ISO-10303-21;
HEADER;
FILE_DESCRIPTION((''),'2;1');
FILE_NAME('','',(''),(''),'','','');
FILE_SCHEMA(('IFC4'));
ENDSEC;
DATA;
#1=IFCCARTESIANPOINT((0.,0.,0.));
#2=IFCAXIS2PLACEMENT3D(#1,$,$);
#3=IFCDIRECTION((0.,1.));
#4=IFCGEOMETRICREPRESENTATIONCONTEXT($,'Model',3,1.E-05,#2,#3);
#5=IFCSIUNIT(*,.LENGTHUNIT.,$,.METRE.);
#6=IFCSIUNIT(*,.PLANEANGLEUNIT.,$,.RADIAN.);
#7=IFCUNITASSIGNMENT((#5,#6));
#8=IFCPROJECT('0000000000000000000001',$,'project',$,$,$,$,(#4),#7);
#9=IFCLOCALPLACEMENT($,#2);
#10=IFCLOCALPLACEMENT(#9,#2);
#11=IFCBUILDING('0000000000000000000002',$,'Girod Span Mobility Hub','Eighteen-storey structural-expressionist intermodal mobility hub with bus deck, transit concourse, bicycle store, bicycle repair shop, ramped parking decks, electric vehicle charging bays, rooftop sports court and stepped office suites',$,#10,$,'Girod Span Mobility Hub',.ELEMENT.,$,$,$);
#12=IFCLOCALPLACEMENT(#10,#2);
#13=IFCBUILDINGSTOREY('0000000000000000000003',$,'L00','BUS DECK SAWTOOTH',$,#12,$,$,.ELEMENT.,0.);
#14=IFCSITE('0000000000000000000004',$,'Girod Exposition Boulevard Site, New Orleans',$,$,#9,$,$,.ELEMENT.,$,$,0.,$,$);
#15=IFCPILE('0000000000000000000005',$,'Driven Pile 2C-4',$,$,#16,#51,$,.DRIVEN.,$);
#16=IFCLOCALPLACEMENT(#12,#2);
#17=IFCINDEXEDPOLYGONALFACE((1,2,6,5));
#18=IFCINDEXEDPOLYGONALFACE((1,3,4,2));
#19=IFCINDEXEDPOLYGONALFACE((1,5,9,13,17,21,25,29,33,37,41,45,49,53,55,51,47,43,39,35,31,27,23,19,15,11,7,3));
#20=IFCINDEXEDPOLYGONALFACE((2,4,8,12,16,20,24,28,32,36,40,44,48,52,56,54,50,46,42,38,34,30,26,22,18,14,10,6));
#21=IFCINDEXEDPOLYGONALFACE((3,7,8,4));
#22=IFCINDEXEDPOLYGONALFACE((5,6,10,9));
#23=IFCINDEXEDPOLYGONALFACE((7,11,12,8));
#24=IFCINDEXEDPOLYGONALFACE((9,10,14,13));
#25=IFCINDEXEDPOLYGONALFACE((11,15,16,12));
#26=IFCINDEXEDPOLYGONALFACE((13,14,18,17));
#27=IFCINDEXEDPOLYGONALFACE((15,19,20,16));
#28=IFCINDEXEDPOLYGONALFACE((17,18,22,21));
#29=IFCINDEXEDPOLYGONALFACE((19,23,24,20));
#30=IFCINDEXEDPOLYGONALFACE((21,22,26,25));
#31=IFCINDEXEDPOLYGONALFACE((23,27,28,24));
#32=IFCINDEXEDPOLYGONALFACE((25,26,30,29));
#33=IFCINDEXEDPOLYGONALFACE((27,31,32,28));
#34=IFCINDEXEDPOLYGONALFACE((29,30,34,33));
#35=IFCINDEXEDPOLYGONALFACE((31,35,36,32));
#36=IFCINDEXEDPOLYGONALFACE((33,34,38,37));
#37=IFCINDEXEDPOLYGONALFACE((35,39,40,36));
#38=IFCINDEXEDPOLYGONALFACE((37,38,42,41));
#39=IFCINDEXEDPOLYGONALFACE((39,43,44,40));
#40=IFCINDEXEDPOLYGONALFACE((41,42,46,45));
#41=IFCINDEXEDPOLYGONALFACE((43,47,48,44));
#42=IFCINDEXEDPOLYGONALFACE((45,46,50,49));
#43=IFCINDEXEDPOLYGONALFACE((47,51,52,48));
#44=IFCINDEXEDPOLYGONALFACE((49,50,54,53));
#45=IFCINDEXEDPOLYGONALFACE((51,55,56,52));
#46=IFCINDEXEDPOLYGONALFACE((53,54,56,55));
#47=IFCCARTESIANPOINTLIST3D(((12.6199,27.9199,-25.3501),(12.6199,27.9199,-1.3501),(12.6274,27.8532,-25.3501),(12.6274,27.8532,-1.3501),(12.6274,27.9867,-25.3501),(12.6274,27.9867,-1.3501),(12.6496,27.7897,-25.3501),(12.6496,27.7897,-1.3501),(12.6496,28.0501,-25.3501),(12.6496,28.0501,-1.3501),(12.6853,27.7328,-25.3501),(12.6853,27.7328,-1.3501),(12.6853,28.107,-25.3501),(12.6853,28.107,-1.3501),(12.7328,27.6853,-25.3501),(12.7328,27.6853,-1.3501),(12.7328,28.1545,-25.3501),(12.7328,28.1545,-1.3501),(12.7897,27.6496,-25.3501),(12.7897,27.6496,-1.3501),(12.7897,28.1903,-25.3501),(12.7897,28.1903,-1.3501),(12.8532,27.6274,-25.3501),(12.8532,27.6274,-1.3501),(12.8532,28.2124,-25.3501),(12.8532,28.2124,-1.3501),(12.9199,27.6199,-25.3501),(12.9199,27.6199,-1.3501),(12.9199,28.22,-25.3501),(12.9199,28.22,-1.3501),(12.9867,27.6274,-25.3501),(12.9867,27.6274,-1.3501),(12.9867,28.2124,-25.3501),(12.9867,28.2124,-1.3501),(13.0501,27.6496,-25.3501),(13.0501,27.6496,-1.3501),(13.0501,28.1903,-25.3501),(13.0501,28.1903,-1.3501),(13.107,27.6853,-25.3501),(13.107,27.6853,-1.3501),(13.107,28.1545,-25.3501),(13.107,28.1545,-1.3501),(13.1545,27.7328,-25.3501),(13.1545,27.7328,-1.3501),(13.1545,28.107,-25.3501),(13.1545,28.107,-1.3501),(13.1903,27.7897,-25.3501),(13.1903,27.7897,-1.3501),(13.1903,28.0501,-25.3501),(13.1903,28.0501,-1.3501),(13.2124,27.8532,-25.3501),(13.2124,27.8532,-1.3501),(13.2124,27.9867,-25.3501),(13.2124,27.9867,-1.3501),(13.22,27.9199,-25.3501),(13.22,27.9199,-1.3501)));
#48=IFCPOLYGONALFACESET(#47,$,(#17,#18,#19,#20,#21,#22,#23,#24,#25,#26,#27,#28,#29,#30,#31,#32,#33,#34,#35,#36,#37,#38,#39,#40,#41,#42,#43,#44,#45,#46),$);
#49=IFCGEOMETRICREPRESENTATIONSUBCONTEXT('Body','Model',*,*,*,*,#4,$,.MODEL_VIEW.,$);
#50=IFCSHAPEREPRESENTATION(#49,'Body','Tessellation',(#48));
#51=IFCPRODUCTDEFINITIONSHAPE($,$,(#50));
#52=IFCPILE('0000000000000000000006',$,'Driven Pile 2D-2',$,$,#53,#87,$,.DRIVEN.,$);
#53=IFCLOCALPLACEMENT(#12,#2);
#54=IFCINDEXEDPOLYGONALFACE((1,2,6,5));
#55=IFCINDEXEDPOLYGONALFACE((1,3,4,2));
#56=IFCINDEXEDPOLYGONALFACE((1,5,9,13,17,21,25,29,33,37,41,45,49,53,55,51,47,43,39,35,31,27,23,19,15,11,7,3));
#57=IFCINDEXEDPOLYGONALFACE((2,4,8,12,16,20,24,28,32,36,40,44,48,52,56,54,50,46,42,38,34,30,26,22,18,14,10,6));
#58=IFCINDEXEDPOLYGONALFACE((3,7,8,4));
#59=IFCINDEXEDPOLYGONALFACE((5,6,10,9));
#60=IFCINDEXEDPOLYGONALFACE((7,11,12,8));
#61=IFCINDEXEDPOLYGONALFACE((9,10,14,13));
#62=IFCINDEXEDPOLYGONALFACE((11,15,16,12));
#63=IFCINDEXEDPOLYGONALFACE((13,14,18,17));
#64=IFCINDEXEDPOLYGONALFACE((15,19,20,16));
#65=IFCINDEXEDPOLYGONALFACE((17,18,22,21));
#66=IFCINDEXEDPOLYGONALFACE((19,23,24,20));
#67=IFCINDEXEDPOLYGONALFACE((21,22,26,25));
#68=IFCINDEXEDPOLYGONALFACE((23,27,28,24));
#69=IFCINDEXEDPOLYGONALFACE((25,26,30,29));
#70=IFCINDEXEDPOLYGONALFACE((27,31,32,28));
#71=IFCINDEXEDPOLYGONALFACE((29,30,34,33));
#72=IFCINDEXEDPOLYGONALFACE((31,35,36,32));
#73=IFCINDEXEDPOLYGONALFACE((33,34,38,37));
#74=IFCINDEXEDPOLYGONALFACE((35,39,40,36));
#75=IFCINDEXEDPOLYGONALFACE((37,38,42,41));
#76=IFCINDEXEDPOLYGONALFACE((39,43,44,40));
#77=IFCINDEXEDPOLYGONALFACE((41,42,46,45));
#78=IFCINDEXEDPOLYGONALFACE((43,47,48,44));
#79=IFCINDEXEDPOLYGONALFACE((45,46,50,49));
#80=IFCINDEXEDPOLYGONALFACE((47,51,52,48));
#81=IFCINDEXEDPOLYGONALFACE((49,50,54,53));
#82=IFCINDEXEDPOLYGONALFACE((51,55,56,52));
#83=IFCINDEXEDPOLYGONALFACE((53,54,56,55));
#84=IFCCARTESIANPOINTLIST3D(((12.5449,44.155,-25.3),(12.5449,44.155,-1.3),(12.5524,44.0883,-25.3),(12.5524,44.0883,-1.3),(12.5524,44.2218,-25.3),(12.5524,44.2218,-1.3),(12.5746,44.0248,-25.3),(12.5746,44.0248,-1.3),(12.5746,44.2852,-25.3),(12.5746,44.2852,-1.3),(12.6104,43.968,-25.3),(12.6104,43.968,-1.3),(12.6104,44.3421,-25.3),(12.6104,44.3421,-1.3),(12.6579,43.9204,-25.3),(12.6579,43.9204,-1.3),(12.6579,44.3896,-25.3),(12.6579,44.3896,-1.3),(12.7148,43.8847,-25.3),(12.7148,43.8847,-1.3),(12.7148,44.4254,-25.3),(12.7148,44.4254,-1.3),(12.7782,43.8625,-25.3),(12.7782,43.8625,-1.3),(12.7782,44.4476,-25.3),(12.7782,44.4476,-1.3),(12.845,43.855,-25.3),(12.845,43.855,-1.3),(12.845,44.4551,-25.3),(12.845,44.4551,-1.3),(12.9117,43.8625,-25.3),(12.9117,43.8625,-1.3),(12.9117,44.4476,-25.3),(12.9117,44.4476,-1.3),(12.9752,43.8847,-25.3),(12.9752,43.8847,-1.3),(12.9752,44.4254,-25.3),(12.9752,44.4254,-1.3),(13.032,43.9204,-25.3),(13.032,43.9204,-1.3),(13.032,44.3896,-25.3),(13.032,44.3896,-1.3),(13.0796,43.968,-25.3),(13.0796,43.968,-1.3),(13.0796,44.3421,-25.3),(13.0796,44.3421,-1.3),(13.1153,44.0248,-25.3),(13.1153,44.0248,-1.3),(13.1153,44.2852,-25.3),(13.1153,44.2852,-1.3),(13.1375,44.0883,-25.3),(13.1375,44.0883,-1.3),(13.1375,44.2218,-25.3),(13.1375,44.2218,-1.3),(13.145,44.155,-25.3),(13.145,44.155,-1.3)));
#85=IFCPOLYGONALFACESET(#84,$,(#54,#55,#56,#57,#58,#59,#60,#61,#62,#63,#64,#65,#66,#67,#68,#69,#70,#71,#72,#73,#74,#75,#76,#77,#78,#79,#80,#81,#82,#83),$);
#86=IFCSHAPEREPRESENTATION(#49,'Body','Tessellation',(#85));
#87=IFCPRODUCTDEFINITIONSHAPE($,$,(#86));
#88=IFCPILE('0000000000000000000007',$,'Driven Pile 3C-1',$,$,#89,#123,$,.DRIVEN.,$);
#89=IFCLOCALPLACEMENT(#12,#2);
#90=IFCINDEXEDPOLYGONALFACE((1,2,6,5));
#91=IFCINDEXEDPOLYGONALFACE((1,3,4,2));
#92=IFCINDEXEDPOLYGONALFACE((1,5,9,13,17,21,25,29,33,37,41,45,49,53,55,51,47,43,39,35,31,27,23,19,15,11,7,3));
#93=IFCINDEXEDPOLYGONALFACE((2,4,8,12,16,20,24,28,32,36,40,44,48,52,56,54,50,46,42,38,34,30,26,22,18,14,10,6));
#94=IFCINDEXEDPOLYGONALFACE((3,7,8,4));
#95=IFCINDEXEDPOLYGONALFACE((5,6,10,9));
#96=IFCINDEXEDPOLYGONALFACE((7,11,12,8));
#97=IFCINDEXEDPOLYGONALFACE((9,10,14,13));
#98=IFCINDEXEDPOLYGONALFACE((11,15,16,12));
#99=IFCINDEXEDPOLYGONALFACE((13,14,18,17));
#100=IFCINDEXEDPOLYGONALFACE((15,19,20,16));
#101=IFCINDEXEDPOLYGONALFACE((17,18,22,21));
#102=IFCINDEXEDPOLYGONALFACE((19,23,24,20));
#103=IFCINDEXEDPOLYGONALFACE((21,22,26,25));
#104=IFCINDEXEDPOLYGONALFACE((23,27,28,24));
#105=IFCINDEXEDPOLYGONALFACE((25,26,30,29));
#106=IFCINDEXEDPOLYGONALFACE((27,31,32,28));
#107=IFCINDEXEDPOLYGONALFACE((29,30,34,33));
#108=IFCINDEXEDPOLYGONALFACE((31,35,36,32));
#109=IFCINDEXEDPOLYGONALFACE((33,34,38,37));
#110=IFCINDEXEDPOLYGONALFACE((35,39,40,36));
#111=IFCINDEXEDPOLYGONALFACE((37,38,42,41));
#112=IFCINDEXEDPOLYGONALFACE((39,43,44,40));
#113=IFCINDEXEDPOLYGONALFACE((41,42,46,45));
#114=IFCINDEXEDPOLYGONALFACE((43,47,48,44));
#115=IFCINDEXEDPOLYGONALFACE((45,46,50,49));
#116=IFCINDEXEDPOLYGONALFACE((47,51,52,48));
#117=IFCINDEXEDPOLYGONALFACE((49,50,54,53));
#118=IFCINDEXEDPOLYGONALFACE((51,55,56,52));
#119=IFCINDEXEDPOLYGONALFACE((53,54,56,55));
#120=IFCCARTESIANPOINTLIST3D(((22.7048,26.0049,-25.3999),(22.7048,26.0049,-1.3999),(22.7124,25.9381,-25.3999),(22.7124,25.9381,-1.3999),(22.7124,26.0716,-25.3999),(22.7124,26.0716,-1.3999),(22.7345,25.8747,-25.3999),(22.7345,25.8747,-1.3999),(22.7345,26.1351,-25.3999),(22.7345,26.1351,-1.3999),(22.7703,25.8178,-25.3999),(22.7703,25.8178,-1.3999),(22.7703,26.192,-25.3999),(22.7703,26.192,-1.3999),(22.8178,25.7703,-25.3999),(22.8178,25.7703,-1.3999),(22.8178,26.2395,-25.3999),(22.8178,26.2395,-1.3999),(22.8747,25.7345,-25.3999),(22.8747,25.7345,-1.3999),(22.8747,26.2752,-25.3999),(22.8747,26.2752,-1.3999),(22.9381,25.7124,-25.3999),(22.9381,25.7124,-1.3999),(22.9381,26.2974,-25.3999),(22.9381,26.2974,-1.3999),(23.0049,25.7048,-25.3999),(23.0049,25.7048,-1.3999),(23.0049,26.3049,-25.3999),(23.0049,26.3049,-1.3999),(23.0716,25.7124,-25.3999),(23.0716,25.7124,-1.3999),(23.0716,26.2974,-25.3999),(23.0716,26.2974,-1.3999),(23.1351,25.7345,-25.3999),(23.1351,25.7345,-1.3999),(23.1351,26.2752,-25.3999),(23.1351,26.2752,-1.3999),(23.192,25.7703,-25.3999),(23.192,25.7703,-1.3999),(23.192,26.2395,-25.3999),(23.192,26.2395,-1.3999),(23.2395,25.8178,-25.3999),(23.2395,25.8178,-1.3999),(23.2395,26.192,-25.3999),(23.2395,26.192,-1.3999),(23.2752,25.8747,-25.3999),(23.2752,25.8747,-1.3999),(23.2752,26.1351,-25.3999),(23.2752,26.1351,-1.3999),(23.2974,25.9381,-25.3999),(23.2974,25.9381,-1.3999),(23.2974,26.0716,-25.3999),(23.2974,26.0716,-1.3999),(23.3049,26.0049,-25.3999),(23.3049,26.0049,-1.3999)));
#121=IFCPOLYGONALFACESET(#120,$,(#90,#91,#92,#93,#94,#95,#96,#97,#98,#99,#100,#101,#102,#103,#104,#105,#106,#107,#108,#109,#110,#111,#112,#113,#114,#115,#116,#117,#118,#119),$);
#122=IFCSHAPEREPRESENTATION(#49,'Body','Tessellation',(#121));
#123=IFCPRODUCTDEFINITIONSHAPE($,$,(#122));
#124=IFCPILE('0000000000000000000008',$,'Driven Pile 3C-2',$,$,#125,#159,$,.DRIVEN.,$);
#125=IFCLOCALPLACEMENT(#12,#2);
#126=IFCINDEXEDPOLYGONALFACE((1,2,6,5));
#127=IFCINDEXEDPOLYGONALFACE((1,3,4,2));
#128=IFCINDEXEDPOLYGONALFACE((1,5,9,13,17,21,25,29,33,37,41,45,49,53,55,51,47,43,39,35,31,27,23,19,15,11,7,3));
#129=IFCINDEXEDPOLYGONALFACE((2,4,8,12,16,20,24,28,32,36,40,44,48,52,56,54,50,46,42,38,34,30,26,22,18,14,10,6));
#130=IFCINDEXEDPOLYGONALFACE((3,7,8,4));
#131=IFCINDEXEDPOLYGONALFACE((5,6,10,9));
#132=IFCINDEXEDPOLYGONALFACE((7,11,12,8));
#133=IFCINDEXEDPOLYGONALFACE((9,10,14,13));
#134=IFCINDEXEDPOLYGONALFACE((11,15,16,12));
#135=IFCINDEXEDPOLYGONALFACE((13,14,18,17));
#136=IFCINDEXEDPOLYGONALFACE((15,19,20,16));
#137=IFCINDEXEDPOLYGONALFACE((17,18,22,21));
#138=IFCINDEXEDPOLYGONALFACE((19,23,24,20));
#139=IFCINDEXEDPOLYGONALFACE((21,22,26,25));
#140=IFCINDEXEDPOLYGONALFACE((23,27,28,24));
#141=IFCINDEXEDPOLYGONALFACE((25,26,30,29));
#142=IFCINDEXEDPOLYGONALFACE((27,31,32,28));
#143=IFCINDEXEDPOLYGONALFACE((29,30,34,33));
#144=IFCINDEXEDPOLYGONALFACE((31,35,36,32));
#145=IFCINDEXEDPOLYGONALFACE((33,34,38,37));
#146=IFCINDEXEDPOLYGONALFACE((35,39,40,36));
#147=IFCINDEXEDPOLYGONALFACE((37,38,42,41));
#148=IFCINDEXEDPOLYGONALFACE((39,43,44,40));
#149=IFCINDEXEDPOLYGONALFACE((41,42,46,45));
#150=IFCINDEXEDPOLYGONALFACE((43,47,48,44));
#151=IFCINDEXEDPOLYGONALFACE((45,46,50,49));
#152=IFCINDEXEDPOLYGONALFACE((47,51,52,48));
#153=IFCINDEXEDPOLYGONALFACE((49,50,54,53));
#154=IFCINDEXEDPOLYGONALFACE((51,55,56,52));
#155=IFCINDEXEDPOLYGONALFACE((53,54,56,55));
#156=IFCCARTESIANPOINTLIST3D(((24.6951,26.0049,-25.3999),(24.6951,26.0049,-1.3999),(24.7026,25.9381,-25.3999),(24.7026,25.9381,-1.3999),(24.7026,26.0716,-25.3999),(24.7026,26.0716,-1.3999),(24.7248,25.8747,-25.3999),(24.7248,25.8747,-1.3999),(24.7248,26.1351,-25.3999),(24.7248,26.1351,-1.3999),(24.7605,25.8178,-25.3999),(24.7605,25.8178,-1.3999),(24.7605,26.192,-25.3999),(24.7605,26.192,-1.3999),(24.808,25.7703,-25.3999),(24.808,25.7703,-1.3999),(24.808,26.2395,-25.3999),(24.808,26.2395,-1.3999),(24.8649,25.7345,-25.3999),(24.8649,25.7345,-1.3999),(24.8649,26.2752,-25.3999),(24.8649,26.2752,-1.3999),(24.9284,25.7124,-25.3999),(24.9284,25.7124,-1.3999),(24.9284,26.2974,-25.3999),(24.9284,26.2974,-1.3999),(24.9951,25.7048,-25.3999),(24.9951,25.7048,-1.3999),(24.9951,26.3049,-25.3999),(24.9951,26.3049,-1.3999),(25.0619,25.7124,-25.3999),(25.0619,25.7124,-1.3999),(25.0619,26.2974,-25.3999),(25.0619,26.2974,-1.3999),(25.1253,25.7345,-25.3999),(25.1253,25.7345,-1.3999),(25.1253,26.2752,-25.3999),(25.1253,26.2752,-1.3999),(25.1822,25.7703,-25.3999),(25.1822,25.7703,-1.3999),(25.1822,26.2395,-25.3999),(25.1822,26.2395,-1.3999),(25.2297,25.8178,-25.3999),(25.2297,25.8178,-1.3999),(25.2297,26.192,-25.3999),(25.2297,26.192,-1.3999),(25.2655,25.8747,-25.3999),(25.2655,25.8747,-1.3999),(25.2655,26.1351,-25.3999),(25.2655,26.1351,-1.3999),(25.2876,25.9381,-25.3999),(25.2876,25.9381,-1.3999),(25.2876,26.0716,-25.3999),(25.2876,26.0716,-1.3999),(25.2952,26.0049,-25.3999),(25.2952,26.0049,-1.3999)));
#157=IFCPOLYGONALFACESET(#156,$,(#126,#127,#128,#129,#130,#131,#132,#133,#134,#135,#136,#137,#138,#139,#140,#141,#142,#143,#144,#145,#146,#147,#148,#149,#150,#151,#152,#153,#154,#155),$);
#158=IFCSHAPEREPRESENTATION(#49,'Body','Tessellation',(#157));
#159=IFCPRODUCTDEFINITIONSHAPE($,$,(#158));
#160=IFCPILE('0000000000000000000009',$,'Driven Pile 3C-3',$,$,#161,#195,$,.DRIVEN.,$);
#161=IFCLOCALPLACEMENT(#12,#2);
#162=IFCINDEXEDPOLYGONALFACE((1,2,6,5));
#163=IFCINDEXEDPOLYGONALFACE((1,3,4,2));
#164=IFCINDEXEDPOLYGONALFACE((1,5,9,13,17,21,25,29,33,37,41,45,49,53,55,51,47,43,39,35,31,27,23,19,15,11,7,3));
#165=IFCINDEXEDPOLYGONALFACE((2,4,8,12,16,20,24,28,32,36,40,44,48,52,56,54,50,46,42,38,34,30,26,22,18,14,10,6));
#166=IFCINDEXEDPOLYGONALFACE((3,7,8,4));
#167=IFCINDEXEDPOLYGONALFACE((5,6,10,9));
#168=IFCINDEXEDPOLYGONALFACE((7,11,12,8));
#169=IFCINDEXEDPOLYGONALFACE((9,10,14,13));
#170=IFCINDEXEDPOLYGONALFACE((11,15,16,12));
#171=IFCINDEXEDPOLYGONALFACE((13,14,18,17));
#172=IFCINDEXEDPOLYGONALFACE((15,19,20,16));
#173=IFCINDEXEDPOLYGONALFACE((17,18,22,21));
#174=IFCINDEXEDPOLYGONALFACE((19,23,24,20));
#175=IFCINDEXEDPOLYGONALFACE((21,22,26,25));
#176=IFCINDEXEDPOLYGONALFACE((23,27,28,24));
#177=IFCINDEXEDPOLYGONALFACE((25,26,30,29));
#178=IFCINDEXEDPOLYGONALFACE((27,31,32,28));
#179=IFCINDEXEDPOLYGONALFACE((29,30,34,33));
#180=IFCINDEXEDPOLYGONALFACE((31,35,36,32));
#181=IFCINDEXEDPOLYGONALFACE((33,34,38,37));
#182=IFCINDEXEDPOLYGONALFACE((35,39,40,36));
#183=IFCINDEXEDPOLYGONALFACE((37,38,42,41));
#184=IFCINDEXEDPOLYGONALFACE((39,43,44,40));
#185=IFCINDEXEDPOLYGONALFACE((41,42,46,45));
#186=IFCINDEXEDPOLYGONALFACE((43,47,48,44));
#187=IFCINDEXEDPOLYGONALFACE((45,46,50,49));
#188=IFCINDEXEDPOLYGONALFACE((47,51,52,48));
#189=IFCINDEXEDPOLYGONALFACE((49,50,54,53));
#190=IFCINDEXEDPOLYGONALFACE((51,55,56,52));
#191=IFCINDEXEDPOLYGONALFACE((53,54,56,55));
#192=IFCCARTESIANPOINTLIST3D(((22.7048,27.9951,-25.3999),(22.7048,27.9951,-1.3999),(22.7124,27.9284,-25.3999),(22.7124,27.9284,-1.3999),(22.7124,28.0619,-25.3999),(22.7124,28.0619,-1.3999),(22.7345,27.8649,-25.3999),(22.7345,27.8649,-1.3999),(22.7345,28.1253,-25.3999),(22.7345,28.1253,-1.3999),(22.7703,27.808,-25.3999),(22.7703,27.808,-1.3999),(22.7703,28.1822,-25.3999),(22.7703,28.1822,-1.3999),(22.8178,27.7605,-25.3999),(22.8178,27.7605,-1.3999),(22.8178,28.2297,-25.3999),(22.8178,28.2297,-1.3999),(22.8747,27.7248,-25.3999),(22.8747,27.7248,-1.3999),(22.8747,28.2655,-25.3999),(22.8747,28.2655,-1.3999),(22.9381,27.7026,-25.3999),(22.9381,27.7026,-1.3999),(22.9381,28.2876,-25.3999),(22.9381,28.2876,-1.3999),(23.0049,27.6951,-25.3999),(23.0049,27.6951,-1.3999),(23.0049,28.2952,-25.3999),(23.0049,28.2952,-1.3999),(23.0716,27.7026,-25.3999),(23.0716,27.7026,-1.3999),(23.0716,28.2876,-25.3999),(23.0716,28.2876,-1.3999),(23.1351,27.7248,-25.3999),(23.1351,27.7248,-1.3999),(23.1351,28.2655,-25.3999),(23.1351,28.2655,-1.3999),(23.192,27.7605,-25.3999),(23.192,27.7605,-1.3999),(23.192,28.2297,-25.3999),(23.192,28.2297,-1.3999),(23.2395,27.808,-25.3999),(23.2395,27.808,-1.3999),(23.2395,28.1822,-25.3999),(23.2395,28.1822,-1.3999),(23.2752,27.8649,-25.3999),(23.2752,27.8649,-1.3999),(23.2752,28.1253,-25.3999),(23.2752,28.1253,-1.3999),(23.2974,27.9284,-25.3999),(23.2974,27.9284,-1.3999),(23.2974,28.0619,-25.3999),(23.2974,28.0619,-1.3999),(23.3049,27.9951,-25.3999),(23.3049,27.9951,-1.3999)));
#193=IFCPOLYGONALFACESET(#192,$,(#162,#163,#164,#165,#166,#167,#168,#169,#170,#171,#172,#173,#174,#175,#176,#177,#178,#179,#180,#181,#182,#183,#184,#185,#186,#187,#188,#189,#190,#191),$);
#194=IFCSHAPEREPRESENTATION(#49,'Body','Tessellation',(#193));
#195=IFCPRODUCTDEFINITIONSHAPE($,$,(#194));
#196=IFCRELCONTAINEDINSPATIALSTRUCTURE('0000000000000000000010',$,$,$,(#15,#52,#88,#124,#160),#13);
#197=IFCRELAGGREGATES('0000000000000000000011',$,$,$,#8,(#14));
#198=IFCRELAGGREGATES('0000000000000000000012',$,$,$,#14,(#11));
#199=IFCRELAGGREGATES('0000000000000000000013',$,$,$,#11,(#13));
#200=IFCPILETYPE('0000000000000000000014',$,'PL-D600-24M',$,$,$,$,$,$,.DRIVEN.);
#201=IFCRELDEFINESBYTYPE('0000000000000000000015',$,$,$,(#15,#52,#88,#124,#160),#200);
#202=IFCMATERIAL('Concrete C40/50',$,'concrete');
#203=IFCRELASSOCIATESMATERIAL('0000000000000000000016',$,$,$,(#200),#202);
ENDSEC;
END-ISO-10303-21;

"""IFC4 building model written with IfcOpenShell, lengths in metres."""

from ifc_helpers import new_model, si_unit, direction, frame, origin, origin_2d, place, context, subcontext, project, spatial, circle, extrude, material, material_profile, profile_set, type_object, element, save


model = new_model("IFC4")

# Units and contexts
model_context = context("Model", 3, precision=1e-05, world=origin(), true_north=direction((0.0, 1.0)))
body_context = subcontext(model_context, "Body", "Model", "MODEL_VIEW")
ifc_project = project(units=[si_unit("LENGTHUNIT", "METRE"), si_unit("PLANEANGLEUNIT", "RADIAN")], contexts=[model_context])

# Site, building, storey
site_placement = place(None, origin())
site = spatial("IfcSite", under=ifc_project, at=site_placement, Name="Girod Exposition Boulevard Site, New Orleans", CompositionType="ELEMENT", RefElevation=0.0)
building_placement = place(site_placement, origin())
building = spatial("IfcBuilding", under=site, at=building_placement, Name="Girod Span Mobility Hub", Description="Eighteen-storey structural-expressionist intermodal mobility hub with bus deck, transit concourse, bicycle store, bicycle repair shop, ramped parking decks, electric vehicle charging bays, rooftop sports court and stepped office suites", LongName="Girod Span Mobility Hub", CompositionType="ELEMENT")
storey_placement = place(building_placement, origin())
storey = spatial("IfcBuildingStorey", under=building, at=storey_placement, Name="L00", Description="BUS DECK SAWTOOTH", CompositionType="ELEMENT", Elevation=0.0)

# Piles
ifc_material_1 = material(Name="Concrete C40/50", Category="concrete")
ifc_material_profile_1 = material_profile(ifc_material_1, circle(Radius=0.3, at=origin_2d()), Name="PILE-D600")
ifc_profile_set_1 = profile_set([ifc_material_profile_1], Name="Concrete C40/50")
pile_type_1 = type_object("IfcPileType", Name="PL-D600-24M", PredefinedType="DRIVEN", material=ifc_profile_set_1)
for number, where, z_axis, x_axis, name in (
    (1, (12.9199, 27.9199, -1.3501), (0.0, 0.0, -1.0), (1.0, 0.0, 0.0), "Driven Pile 2C-4"),
    (2, (12.845, 44.155, -1.3), (0.0, 0.0, -1.0), (1.0, 0.0, 0.0), "Driven Pile 2D-2"),
    (3, (23.0049, 26.0049, -1.3999), (0.0, 0.0, -1.0), (1.0, 0.0, 0.0), "Driven Pile 3C-1"),
    (4, (24.9951, 26.0049, -1.3999), (0.0, 0.0, -1.0), (1.0, 0.0, 0.0), "Driven Pile 3C-2"),
    (5, (23.0049, 27.9951, -1.3999), (0.0, 0.0, -1.0), (1.0, 0.0, 0.0), "Driven Pile 3C-3"),
):
    element("IfcPile", number, at=place(storey_placement, frame(where, z_axis=z_axis, x_axis=x_axis)), inside=storey, type_object=pile_type_1, Name=name, PredefinedType="DRIVEN", context=body_context, shape_type="SweptSolid", body=[
        extrude(circle(Radius=0.3, at=origin_2d()), origin(), (0.0, 0.0, 1.0), 24.0),
    ])

save(model, "model.ifc")
